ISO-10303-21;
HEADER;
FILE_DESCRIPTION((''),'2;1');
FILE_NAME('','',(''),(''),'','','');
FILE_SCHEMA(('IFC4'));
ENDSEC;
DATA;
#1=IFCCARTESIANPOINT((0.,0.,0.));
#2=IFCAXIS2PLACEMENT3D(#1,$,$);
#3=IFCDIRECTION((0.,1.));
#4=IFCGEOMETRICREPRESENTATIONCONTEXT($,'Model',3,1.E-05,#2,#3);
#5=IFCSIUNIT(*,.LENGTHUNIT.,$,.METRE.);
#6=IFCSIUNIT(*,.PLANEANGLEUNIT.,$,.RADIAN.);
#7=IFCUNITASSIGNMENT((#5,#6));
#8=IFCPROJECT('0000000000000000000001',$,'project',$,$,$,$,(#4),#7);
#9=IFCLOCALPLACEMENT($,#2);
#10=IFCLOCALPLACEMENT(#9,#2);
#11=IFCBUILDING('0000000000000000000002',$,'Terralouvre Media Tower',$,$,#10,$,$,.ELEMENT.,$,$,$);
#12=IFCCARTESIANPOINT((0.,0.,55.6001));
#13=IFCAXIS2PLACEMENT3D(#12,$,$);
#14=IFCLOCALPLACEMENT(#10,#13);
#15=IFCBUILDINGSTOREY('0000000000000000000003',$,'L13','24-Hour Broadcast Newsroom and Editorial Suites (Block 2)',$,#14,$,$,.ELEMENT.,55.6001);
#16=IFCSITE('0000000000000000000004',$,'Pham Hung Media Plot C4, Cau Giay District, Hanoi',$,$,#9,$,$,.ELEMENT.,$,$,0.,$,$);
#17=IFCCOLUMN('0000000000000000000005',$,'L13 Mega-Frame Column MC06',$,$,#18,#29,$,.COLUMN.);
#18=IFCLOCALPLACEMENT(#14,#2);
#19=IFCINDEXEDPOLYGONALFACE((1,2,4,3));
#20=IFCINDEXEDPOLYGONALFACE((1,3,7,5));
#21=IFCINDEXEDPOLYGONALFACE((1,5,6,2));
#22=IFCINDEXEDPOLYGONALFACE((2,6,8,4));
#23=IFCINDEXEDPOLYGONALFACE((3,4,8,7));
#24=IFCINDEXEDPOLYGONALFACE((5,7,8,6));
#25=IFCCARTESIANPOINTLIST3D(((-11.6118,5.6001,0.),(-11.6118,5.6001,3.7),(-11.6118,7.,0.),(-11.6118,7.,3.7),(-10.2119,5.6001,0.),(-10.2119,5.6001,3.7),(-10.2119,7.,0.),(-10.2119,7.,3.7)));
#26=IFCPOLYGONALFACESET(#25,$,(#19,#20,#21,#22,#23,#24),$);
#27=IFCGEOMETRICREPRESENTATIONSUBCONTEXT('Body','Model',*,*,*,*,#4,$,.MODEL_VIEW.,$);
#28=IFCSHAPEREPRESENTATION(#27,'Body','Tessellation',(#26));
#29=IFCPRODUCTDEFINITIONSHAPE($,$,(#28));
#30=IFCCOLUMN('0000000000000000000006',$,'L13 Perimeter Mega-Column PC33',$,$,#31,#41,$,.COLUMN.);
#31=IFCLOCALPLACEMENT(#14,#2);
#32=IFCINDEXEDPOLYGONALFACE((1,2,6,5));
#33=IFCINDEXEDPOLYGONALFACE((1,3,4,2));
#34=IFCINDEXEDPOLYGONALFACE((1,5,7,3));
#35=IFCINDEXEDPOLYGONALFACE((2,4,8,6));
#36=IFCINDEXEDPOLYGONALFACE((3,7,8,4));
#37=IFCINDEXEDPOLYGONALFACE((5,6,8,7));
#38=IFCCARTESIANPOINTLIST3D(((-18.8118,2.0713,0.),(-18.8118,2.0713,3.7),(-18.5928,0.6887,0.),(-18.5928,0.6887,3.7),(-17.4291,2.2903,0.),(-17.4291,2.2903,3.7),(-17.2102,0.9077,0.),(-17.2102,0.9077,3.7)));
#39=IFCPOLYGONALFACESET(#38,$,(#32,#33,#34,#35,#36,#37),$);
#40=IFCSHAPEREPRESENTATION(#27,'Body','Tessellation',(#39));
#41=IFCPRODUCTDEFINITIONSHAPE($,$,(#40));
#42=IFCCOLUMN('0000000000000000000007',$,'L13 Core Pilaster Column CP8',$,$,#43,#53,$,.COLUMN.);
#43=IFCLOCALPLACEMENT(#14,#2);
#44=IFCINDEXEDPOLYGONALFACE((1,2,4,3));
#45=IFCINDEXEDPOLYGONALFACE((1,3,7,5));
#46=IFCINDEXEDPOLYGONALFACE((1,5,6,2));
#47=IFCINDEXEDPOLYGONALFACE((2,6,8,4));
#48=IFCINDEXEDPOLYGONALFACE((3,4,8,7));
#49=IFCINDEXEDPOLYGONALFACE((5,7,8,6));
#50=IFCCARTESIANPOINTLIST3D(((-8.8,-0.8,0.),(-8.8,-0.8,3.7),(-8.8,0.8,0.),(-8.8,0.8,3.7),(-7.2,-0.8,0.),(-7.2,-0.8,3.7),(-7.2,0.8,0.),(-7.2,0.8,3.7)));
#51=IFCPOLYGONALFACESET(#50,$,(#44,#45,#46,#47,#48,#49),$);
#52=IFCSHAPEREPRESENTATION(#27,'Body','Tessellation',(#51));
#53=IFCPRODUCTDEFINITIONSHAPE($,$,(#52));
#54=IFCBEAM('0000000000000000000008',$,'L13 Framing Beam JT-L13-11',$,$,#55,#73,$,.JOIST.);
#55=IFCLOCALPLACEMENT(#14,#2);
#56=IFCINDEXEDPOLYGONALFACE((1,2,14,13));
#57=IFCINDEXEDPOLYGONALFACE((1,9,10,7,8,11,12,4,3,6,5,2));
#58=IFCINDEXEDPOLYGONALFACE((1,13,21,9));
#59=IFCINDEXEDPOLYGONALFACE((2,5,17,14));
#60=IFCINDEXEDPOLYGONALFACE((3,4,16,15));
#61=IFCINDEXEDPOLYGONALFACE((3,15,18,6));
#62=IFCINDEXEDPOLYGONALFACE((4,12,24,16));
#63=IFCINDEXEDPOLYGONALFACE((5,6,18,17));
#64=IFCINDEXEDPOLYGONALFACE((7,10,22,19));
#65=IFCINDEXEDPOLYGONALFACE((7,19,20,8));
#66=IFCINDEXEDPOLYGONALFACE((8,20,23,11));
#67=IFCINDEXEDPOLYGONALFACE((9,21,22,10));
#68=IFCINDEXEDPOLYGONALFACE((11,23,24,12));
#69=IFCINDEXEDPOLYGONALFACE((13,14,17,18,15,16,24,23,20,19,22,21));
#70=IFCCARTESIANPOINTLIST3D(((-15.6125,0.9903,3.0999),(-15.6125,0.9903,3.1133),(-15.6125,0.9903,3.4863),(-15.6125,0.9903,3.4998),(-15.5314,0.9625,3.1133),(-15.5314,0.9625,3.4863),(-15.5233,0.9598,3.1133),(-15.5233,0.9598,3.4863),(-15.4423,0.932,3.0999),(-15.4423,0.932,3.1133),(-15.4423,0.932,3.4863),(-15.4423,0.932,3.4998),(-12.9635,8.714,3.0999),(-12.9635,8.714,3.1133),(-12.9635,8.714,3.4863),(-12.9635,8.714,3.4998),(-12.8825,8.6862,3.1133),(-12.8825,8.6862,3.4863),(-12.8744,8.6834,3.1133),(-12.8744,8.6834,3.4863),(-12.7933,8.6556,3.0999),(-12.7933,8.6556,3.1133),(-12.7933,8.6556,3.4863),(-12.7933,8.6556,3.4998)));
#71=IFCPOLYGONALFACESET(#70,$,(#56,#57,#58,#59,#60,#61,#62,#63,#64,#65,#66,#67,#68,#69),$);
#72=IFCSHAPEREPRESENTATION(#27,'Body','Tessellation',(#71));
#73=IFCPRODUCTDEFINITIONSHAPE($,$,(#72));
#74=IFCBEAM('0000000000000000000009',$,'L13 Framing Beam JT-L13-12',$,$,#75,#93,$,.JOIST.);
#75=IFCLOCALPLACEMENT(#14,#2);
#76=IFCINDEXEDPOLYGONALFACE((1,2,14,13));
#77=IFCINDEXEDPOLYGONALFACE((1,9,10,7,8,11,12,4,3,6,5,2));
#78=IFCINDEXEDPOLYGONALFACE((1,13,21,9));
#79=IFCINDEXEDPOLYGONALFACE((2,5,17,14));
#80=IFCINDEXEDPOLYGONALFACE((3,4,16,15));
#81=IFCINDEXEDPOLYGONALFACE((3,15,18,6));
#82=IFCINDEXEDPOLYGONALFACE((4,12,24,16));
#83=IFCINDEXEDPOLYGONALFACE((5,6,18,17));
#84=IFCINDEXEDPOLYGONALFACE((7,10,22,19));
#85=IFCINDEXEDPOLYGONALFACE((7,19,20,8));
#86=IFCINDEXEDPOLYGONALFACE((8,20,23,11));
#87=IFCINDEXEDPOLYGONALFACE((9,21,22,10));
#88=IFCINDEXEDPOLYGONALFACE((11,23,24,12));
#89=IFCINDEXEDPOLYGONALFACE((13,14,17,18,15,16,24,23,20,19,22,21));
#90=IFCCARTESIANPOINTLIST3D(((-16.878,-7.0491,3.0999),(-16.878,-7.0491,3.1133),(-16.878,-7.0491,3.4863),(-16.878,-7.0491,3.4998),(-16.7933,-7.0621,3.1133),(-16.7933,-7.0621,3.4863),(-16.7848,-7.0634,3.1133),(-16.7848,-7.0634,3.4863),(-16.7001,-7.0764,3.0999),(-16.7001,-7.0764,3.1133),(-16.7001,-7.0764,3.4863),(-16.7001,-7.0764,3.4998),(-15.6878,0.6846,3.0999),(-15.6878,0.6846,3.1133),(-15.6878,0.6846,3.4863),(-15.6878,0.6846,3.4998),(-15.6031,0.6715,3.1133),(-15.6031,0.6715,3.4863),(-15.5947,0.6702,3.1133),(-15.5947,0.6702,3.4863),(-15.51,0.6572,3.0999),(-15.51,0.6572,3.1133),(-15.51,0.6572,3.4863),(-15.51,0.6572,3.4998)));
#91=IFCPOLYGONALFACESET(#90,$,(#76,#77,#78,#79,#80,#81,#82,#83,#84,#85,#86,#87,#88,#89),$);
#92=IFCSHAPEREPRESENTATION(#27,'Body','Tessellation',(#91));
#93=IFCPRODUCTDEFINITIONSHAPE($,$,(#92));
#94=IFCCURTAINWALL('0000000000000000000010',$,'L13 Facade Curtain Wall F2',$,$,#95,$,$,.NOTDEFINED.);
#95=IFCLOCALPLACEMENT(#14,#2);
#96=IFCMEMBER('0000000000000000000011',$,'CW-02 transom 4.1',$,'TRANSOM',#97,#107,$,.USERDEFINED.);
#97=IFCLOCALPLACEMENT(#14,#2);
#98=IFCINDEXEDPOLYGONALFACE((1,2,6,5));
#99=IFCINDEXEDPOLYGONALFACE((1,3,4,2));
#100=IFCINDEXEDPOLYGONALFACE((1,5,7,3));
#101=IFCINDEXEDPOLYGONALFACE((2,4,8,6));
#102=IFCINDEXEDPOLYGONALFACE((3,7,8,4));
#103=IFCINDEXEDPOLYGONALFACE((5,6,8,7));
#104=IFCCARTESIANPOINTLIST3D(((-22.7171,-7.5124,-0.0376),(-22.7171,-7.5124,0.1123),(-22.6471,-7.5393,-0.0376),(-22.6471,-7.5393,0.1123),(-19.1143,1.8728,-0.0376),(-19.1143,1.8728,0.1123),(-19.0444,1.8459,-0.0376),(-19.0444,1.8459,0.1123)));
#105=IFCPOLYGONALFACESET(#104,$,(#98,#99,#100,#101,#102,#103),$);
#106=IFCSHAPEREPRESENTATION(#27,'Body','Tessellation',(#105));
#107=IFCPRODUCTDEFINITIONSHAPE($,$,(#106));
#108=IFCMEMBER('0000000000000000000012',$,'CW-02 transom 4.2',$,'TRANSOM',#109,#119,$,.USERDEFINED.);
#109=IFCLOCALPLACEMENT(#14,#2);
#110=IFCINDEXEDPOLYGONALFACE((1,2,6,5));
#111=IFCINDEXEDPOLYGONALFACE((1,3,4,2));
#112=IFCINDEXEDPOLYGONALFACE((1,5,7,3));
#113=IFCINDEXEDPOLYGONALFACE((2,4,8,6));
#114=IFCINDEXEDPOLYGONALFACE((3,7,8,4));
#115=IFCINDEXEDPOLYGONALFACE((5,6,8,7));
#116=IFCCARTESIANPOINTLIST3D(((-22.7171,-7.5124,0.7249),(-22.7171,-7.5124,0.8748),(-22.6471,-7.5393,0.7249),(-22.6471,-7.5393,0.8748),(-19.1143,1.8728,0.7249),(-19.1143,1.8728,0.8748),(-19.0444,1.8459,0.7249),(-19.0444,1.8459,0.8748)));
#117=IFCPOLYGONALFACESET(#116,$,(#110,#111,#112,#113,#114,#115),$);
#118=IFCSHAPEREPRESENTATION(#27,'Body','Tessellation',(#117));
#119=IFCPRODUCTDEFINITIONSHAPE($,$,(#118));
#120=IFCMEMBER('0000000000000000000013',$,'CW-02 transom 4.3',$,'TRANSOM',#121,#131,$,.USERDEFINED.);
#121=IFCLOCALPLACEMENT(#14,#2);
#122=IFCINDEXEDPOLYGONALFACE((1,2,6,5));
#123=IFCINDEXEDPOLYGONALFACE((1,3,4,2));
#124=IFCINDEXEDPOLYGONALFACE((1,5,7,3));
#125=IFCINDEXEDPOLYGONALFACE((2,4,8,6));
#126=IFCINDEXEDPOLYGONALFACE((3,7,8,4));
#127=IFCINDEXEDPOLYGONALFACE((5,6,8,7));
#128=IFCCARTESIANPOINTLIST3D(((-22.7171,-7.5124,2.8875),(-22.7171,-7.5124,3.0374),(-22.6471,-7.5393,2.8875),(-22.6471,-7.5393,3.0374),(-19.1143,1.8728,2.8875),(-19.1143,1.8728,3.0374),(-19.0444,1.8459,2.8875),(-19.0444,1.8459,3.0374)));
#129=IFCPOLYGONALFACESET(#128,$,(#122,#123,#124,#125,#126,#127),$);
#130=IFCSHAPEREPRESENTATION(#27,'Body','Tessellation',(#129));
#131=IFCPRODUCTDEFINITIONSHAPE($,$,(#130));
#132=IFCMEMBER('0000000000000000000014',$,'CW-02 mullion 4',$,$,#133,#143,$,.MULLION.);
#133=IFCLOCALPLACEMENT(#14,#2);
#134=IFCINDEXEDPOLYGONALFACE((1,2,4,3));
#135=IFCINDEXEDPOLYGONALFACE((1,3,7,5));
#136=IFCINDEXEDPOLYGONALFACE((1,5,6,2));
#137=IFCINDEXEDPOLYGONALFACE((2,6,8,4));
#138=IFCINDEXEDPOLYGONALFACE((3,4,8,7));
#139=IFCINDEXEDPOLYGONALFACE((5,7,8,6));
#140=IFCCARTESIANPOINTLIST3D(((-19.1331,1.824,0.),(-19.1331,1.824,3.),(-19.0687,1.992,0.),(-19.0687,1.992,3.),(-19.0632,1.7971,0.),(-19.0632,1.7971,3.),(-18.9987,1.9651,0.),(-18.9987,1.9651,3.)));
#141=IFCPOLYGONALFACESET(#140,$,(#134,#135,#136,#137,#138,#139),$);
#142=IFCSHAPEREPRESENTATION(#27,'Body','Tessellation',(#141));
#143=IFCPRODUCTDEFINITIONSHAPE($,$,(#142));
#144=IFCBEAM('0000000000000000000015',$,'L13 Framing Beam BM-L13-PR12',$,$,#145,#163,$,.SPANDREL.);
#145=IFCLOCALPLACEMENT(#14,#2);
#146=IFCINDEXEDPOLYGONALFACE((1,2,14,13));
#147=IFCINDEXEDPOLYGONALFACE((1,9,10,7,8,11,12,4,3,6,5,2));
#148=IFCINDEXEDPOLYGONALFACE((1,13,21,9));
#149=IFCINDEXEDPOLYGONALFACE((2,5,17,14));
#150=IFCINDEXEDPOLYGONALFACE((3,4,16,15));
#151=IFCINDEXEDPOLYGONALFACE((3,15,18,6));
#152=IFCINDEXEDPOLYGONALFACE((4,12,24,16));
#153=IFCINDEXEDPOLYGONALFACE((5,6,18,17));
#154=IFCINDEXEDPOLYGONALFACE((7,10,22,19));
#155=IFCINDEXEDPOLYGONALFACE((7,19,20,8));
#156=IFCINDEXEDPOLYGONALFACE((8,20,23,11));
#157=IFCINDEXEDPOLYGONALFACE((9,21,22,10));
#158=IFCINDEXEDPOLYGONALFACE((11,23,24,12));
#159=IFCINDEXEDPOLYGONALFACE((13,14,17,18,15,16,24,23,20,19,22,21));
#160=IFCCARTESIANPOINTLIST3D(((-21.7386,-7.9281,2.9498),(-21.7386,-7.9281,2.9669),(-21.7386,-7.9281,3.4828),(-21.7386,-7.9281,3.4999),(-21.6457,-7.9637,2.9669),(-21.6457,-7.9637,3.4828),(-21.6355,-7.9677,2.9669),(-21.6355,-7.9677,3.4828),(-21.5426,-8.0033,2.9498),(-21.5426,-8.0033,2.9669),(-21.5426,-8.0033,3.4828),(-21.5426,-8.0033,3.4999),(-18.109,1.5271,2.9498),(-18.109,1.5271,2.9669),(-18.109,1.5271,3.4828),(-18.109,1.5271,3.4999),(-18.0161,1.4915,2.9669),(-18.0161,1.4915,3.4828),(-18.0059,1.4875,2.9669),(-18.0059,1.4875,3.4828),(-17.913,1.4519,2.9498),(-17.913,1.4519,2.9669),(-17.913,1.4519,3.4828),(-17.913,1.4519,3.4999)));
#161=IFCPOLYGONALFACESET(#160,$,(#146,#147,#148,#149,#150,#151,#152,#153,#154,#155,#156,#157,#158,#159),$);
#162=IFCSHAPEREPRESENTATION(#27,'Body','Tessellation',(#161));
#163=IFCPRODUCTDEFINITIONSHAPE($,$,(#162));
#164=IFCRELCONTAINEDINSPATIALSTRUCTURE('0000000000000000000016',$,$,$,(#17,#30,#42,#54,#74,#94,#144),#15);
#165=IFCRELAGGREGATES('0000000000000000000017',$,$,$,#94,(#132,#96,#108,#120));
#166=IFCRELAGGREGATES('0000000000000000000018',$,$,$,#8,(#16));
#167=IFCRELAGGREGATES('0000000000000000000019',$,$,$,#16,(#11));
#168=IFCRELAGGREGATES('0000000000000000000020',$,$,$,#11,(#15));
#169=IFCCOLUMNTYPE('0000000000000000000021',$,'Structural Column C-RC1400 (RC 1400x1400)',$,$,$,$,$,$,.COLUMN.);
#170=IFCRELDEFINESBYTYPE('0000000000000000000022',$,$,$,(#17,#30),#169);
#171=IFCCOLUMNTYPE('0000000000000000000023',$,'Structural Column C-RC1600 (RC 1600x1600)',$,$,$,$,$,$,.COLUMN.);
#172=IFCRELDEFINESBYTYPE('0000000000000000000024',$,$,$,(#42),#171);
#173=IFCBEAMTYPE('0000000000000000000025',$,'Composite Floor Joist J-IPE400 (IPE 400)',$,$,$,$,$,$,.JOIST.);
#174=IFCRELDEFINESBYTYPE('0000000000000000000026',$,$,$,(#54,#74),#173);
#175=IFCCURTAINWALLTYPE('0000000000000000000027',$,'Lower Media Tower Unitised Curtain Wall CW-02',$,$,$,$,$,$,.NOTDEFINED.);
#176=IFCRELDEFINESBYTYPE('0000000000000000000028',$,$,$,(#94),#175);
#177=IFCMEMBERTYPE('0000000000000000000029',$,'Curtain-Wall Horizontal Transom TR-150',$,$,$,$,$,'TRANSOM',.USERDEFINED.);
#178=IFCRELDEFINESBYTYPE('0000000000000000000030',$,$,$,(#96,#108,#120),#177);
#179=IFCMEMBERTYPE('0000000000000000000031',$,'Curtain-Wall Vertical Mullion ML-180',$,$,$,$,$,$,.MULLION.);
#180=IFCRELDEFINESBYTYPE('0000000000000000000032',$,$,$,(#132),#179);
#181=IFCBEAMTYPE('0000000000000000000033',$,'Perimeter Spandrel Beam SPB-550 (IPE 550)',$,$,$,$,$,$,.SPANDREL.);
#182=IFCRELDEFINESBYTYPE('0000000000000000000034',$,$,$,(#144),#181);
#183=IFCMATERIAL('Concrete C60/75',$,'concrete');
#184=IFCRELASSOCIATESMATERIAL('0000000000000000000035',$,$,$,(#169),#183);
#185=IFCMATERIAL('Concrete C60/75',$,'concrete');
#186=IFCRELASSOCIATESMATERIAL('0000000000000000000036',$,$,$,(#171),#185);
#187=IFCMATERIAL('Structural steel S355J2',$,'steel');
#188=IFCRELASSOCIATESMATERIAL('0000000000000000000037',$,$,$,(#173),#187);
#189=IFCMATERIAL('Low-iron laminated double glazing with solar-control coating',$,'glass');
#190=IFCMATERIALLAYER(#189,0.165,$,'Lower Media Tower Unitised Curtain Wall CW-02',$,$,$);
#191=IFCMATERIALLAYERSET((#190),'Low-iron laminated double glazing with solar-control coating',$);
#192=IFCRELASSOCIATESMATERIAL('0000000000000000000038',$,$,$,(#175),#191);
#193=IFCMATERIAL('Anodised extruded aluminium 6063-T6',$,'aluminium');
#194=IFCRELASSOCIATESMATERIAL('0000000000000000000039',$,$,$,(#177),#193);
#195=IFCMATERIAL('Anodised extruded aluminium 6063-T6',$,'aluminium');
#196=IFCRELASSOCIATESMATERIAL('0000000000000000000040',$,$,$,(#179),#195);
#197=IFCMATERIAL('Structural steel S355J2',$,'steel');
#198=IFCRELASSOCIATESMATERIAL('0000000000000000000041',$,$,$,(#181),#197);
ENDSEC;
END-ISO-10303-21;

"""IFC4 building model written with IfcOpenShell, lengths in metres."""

from ifc_helpers import new_model, si_unit, direction, frame, origin, origin_2d, place, context, subcontext, project, spatial, rectangle, i_section, extrude, material, layer, layer_set, material_profile, profile_set, type_object, element, aggregate, save


model = new_model("IFC4")

# Units and contexts
model_context = context("Model", 3, precision=1e-05, world=origin(), true_north=direction((0.0, 1.0)))
body_context = subcontext(model_context, "Body", "Model", "MODEL_VIEW")
ifc_project = project(units=[si_unit("LENGTHUNIT", "METRE"), si_unit("PLANEANGLEUNIT", "RADIAN")], contexts=[model_context])

# Site, building, storey
site_placement = place(None, origin())
site = spatial("IfcSite", under=ifc_project, at=site_placement, Name="Pham Hung Media Plot C4, Cau Giay District, Hanoi", CompositionType="ELEMENT", RefElevation=0.0)
building_placement = place(site_placement, origin())
building = spatial("IfcBuilding", under=site, at=building_placement, Name="Terralouvre Media Tower", CompositionType="ELEMENT")
storey_placement = place(building_placement, frame((0.0, 0.0, 55.6001)))
storey = spatial("IfcBuildingStorey", under=building, at=storey_placement, Name="L13", Description="24-Hour Broadcast Newsroom and Editorial Suites (Block 2)", CompositionType="ELEMENT", Elevation=55.6001)

# Columns
ifc_material_1 = material(Name="Concrete C60/75", Category="concrete")
ifc_material_profile_1 = material_profile(ifc_material_1, rectangle(XDim=1.3999, YDim=1.3999, at=origin_2d()), Name="RC 1400x1400")
ifc_profile_set_1 = profile_set([ifc_material_profile_1], Name="Concrete C60/75")
column_type_1 = type_object("IfcColumnType", Name="Structural Column C-RC1400 (RC 1400x1400)", PredefinedType="COLUMN", material=ifc_profile_set_1)
for number, where, z_axis, x_axis, name in (
    (1, (-10.9119, 6.3, 0.0), (0.0, 0.0, 1.0), (1.0, 0.0, 0.0), "L13 Mega-Frame Column MC06"),
    (2, (-18.011, 1.4895, 0.0), (0.0, 0.0, 1.0), (0.987688, 0.156434, 0.0), "L13 Perimeter Mega-Column PC33"),
):
    element("IfcColumn", number, at=place(storey_placement, frame(where, z_axis=z_axis, x_axis=x_axis)), inside=storey, type_object=column_type_1, Name=name, PredefinedType="COLUMN", context=body_context, shape_type="SweptSolid", body=[
        extrude(rectangle(XDim=1.3999, YDim=1.3999, at=origin_2d()), origin(), (0.0, 0.0, 1.0), 3.7),
    ])
ifc_material_2 = material(Name="Concrete C60/75", Category="concrete")
ifc_material_profile_2 = material_profile(ifc_material_2, rectangle(XDim=1.6001, YDim=1.6001, at=origin_2d()), Name="RC 1600x1600")
ifc_profile_set_2 = profile_set([ifc_material_profile_2], Name="Concrete C60/75")
column_type_2 = type_object("IfcColumnType", Name="Structural Column C-RC1600 (RC 1600x1600)", PredefinedType="COLUMN", material=ifc_profile_set_2)
column_placement = place(storey_placement, frame((-8.0, 0.0, 0.0), z_axis=(0.0, 0.0, 1.0), x_axis=(1.0, 0.0, 0.0)))
element("IfcColumn", 3, at=column_placement, inside=storey, type_object=column_type_2, Name="L13 Core Pilaster Column CP8", PredefinedType="COLUMN", context=body_context, shape_type="SweptSolid", body=[
    extrude(rectangle(XDim=1.6001, YDim=1.6001, at=origin_2d()), origin(), (0.0, 0.0, 1.0), 3.7),
])

# Beams
ifc_material_3 = material(Name="Structural steel S355J2", Category="steel")
ifc_material_profile_3 = material_profile(ifc_material_3, i_section(OverallWidth=0.1799, OverallDepth=0.3999, WebThickness=0.0085, FlangeThickness=0.0134, at=origin_2d()), Name="IPE 400")
ifc_profile_set_3 = profile_set([ifc_material_profile_3], Name="Structural steel S355J2")
beam_type_1 = type_object("IfcBeamType", Name="Composite Floor Joist J-IPE400 (IPE 400)", PredefinedType="JOIST", material=ifc_profile_set_3)
beam_1_placement = place(storey_placement, frame((-12.8784, 8.6848, 3.2998), z_axis=(-0.324415, -0.945915, 0.0), x_axis=(0.945915, -0.324415, 0.0)))
element("IfcBeam", 4, at=beam_1_placement, inside=storey, type_object=beam_type_1, Name="L13 Framing Beam JT-L13-11", PredefinedType="JOIST", context=body_context, shape_type="SweptSolid", body=[
    extrude(i_section(OverallWidth=0.1799, OverallDepth=0.3999, WebThickness=0.0085, FlangeThickness=0.0134, at=origin_2d()), origin(), (0.0, 0.0, 1.0), 8.1653),
])
beam_2_placement = place(storey_placement, frame((-15.5989, 0.6709, 3.2998), z_axis=(-0.152106, -0.988364, 0.0), x_axis=(0.988364, -0.152106, 0.0)))
element("IfcBeam", 5, at=beam_2_placement, inside=storey, type_object=beam_type_1, Name="L13 Framing Beam JT-L13-12", PredefinedType="JOIST", context=body_context, shape_type="SweptSolid", body=[
    extrude(i_section(OverallWidth=0.1799, OverallDepth=0.3999, WebThickness=0.0085, FlangeThickness=0.0134, at=origin_2d()), origin(), (0.0, 0.0, 1.0), 7.8247),
])

# Curtain wall, members
ifc_material_4 = material(Name="Low-iron laminated double glazing with solar-control coating", Category="glass")
ifc_layer_1 = layer(ifc_material_4, 0.165, Name="Lower Media Tower Unitised Curtain Wall CW-02")
ifc_layer_set_1 = layer_set([ifc_layer_1], Name="Low-iron laminated double glazing with solar-control coating")
curtain_wall_type = type_object("IfcCurtainWallType", Name="Lower Media Tower Unitised Curtain Wall CW-02", PredefinedType="NOTDEFINED", material=ifc_layer_set_1)
curtain_wall_placement = place(storey_placement, origin())
curtain_wall = element("IfcCurtainWall", 6, at=curtain_wall_placement, inside=storey, type_object=curtain_wall_type, Name="L13 Facade Curtain Wall F2", PredefinedType="NOTDEFINED")
ifc_material_5 = material(Name="Anodised extruded aluminium 6063-T6", Category="aluminium")
ifc_material_profile_4 = material_profile(ifc_material_5, rectangle(XDim=0.075, YDim=0.1499, at=origin_2d()), Name="ALU 75x150")
ifc_profile_set_4 = profile_set([ifc_material_profile_4], Name="Anodised extruded aluminium 6063-T6")
member_type_1 = type_object("IfcMemberType", Name="Curtain-Wall Horizontal Transom TR-150", ElementType="TRANSOM", PredefinedType="USERDEFINED", material=ifc_profile_set_4)
member_1_placement = place(storey_placement, frame((-19.0793, 1.8594, 0.0374), z_axis=(-0.358379, -0.933576, 0.0), x_axis=(0.933576, -0.358379, 0.0)))
member_1 = element("IfcMember", 7, at=member_1_placement, type_object=member_type_1, Name="CW-02 transom 4.1", ObjectType="TRANSOM", PredefinedType="USERDEFINED", context=body_context, shape_type="SweptSolid", body=[
    extrude(rectangle(XDim=0.075, YDim=0.1499, at=origin_2d()), origin(), (0.0, 0.0, 1.0), 10.053),
])
member_2_placement = place(storey_placement, frame((-19.0793, 1.8594, 0.7998), z_axis=(-0.358379, -0.933576, 0.0), x_axis=(0.933576, -0.358379, 0.0)))
member_2 = element("IfcMember", 8, at=member_2_placement, type_object=member_type_1, Name="CW-02 transom 4.2", ObjectType="TRANSOM", PredefinedType="USERDEFINED", context=body_context, shape_type="SweptSolid", body=[
    extrude(rectangle(XDim=0.075, YDim=0.1499, at=origin_2d()), origin(), (0.0, 0.0, 1.0), 10.053),
])
member_3_placement = place(storey_placement, frame((-19.0793, 1.8594, 2.9624), z_axis=(-0.358379, -0.933576, 0.0), x_axis=(0.933576, -0.358379, 0.0)))
member_3 = element("IfcMember", 9, at=member_3_placement, type_object=member_type_1, Name="CW-02 transom 4.3", ObjectType="TRANSOM", PredefinedType="USERDEFINED", context=body_context, shape_type="SweptSolid", body=[
    extrude(rectangle(XDim=0.075, YDim=0.1499, at=origin_2d()), origin(), (0.0, 0.0, 1.0), 10.053),
])
ifc_material_6 = material(Name="Anodised extruded aluminium 6063-T6", Category="aluminium")
ifc_material_profile_5 = material_profile(ifc_material_6, rectangle(XDim=0.075, YDim=0.1799, at=origin_2d()), Name="ALU 75x180")
ifc_profile_set_5 = profile_set([ifc_material_profile_5], Name="Anodised extruded aluminium 6063-T6")
member_type_2 = type_object("IfcMemberType", Name="Curtain-Wall Vertical Mullion ML-180", PredefinedType="MULLION", material=ifc_profile_set_5)
member_4_placement = place(storey_placement, frame((-19.0659, 1.8945, 0.0), z_axis=(0.0, 0.0, 1.0), x_axis=(0.93358, -0.358368, 0.0)))
member_4 = element("IfcMember", 10, at=member_4_placement, type_object=member_type_2, Name="CW-02 mullion 4", PredefinedType="MULLION", context=body_context, shape_type="SweptSolid", body=[
    extrude(rectangle(XDim=0.075, YDim=0.1799, at=origin_2d()), origin(), (0.0, 0.0, 1.0), 3.0),
])

# Beam
ifc_material_7 = material(Name="Structural steel S355J2", Category="steel")
ifc_material_profile_6 = material_profile(ifc_material_7, i_section(OverallWidth=0.21, OverallDepth=0.55, WebThickness=0.011, FlangeThickness=0.0171, at=origin_2d()), Name="IPE 550")
ifc_profile_set_6 = profile_set([ifc_material_profile_6], Name="Structural steel S355J2")
beam_type_2 = type_object("IfcBeamType", Name="Perimeter Spandrel Beam SPB-550 (IPE 550)", PredefinedType="SPANDREL", material=ifc_profile_set_6)
beam_3_placement = place(storey_placement, frame((-18.011, 1.4895, 3.2249), z_axis=(-0.358375, -0.933578, 0.0), x_axis=(0.933578, -0.358375, 0.0)))
element("IfcBeam", 11, at=beam_3_placement, inside=storey, type_object=beam_type_2, Name="L13 Framing Beam BM-L13-PR12", PredefinedType="SPANDREL", context=body_context, shape_type="SweptSolid", body=[
    extrude(i_section(OverallWidth=0.21, OverallDepth=0.55, WebThickness=0.011, FlangeThickness=0.0171, at=origin_2d()), origin(), (0.0, 0.0, 1.0), 10.1279),
])

aggregate(curtain_wall, [member_4, member_1, member_2, member_3])

save(model, "model.ifc")
